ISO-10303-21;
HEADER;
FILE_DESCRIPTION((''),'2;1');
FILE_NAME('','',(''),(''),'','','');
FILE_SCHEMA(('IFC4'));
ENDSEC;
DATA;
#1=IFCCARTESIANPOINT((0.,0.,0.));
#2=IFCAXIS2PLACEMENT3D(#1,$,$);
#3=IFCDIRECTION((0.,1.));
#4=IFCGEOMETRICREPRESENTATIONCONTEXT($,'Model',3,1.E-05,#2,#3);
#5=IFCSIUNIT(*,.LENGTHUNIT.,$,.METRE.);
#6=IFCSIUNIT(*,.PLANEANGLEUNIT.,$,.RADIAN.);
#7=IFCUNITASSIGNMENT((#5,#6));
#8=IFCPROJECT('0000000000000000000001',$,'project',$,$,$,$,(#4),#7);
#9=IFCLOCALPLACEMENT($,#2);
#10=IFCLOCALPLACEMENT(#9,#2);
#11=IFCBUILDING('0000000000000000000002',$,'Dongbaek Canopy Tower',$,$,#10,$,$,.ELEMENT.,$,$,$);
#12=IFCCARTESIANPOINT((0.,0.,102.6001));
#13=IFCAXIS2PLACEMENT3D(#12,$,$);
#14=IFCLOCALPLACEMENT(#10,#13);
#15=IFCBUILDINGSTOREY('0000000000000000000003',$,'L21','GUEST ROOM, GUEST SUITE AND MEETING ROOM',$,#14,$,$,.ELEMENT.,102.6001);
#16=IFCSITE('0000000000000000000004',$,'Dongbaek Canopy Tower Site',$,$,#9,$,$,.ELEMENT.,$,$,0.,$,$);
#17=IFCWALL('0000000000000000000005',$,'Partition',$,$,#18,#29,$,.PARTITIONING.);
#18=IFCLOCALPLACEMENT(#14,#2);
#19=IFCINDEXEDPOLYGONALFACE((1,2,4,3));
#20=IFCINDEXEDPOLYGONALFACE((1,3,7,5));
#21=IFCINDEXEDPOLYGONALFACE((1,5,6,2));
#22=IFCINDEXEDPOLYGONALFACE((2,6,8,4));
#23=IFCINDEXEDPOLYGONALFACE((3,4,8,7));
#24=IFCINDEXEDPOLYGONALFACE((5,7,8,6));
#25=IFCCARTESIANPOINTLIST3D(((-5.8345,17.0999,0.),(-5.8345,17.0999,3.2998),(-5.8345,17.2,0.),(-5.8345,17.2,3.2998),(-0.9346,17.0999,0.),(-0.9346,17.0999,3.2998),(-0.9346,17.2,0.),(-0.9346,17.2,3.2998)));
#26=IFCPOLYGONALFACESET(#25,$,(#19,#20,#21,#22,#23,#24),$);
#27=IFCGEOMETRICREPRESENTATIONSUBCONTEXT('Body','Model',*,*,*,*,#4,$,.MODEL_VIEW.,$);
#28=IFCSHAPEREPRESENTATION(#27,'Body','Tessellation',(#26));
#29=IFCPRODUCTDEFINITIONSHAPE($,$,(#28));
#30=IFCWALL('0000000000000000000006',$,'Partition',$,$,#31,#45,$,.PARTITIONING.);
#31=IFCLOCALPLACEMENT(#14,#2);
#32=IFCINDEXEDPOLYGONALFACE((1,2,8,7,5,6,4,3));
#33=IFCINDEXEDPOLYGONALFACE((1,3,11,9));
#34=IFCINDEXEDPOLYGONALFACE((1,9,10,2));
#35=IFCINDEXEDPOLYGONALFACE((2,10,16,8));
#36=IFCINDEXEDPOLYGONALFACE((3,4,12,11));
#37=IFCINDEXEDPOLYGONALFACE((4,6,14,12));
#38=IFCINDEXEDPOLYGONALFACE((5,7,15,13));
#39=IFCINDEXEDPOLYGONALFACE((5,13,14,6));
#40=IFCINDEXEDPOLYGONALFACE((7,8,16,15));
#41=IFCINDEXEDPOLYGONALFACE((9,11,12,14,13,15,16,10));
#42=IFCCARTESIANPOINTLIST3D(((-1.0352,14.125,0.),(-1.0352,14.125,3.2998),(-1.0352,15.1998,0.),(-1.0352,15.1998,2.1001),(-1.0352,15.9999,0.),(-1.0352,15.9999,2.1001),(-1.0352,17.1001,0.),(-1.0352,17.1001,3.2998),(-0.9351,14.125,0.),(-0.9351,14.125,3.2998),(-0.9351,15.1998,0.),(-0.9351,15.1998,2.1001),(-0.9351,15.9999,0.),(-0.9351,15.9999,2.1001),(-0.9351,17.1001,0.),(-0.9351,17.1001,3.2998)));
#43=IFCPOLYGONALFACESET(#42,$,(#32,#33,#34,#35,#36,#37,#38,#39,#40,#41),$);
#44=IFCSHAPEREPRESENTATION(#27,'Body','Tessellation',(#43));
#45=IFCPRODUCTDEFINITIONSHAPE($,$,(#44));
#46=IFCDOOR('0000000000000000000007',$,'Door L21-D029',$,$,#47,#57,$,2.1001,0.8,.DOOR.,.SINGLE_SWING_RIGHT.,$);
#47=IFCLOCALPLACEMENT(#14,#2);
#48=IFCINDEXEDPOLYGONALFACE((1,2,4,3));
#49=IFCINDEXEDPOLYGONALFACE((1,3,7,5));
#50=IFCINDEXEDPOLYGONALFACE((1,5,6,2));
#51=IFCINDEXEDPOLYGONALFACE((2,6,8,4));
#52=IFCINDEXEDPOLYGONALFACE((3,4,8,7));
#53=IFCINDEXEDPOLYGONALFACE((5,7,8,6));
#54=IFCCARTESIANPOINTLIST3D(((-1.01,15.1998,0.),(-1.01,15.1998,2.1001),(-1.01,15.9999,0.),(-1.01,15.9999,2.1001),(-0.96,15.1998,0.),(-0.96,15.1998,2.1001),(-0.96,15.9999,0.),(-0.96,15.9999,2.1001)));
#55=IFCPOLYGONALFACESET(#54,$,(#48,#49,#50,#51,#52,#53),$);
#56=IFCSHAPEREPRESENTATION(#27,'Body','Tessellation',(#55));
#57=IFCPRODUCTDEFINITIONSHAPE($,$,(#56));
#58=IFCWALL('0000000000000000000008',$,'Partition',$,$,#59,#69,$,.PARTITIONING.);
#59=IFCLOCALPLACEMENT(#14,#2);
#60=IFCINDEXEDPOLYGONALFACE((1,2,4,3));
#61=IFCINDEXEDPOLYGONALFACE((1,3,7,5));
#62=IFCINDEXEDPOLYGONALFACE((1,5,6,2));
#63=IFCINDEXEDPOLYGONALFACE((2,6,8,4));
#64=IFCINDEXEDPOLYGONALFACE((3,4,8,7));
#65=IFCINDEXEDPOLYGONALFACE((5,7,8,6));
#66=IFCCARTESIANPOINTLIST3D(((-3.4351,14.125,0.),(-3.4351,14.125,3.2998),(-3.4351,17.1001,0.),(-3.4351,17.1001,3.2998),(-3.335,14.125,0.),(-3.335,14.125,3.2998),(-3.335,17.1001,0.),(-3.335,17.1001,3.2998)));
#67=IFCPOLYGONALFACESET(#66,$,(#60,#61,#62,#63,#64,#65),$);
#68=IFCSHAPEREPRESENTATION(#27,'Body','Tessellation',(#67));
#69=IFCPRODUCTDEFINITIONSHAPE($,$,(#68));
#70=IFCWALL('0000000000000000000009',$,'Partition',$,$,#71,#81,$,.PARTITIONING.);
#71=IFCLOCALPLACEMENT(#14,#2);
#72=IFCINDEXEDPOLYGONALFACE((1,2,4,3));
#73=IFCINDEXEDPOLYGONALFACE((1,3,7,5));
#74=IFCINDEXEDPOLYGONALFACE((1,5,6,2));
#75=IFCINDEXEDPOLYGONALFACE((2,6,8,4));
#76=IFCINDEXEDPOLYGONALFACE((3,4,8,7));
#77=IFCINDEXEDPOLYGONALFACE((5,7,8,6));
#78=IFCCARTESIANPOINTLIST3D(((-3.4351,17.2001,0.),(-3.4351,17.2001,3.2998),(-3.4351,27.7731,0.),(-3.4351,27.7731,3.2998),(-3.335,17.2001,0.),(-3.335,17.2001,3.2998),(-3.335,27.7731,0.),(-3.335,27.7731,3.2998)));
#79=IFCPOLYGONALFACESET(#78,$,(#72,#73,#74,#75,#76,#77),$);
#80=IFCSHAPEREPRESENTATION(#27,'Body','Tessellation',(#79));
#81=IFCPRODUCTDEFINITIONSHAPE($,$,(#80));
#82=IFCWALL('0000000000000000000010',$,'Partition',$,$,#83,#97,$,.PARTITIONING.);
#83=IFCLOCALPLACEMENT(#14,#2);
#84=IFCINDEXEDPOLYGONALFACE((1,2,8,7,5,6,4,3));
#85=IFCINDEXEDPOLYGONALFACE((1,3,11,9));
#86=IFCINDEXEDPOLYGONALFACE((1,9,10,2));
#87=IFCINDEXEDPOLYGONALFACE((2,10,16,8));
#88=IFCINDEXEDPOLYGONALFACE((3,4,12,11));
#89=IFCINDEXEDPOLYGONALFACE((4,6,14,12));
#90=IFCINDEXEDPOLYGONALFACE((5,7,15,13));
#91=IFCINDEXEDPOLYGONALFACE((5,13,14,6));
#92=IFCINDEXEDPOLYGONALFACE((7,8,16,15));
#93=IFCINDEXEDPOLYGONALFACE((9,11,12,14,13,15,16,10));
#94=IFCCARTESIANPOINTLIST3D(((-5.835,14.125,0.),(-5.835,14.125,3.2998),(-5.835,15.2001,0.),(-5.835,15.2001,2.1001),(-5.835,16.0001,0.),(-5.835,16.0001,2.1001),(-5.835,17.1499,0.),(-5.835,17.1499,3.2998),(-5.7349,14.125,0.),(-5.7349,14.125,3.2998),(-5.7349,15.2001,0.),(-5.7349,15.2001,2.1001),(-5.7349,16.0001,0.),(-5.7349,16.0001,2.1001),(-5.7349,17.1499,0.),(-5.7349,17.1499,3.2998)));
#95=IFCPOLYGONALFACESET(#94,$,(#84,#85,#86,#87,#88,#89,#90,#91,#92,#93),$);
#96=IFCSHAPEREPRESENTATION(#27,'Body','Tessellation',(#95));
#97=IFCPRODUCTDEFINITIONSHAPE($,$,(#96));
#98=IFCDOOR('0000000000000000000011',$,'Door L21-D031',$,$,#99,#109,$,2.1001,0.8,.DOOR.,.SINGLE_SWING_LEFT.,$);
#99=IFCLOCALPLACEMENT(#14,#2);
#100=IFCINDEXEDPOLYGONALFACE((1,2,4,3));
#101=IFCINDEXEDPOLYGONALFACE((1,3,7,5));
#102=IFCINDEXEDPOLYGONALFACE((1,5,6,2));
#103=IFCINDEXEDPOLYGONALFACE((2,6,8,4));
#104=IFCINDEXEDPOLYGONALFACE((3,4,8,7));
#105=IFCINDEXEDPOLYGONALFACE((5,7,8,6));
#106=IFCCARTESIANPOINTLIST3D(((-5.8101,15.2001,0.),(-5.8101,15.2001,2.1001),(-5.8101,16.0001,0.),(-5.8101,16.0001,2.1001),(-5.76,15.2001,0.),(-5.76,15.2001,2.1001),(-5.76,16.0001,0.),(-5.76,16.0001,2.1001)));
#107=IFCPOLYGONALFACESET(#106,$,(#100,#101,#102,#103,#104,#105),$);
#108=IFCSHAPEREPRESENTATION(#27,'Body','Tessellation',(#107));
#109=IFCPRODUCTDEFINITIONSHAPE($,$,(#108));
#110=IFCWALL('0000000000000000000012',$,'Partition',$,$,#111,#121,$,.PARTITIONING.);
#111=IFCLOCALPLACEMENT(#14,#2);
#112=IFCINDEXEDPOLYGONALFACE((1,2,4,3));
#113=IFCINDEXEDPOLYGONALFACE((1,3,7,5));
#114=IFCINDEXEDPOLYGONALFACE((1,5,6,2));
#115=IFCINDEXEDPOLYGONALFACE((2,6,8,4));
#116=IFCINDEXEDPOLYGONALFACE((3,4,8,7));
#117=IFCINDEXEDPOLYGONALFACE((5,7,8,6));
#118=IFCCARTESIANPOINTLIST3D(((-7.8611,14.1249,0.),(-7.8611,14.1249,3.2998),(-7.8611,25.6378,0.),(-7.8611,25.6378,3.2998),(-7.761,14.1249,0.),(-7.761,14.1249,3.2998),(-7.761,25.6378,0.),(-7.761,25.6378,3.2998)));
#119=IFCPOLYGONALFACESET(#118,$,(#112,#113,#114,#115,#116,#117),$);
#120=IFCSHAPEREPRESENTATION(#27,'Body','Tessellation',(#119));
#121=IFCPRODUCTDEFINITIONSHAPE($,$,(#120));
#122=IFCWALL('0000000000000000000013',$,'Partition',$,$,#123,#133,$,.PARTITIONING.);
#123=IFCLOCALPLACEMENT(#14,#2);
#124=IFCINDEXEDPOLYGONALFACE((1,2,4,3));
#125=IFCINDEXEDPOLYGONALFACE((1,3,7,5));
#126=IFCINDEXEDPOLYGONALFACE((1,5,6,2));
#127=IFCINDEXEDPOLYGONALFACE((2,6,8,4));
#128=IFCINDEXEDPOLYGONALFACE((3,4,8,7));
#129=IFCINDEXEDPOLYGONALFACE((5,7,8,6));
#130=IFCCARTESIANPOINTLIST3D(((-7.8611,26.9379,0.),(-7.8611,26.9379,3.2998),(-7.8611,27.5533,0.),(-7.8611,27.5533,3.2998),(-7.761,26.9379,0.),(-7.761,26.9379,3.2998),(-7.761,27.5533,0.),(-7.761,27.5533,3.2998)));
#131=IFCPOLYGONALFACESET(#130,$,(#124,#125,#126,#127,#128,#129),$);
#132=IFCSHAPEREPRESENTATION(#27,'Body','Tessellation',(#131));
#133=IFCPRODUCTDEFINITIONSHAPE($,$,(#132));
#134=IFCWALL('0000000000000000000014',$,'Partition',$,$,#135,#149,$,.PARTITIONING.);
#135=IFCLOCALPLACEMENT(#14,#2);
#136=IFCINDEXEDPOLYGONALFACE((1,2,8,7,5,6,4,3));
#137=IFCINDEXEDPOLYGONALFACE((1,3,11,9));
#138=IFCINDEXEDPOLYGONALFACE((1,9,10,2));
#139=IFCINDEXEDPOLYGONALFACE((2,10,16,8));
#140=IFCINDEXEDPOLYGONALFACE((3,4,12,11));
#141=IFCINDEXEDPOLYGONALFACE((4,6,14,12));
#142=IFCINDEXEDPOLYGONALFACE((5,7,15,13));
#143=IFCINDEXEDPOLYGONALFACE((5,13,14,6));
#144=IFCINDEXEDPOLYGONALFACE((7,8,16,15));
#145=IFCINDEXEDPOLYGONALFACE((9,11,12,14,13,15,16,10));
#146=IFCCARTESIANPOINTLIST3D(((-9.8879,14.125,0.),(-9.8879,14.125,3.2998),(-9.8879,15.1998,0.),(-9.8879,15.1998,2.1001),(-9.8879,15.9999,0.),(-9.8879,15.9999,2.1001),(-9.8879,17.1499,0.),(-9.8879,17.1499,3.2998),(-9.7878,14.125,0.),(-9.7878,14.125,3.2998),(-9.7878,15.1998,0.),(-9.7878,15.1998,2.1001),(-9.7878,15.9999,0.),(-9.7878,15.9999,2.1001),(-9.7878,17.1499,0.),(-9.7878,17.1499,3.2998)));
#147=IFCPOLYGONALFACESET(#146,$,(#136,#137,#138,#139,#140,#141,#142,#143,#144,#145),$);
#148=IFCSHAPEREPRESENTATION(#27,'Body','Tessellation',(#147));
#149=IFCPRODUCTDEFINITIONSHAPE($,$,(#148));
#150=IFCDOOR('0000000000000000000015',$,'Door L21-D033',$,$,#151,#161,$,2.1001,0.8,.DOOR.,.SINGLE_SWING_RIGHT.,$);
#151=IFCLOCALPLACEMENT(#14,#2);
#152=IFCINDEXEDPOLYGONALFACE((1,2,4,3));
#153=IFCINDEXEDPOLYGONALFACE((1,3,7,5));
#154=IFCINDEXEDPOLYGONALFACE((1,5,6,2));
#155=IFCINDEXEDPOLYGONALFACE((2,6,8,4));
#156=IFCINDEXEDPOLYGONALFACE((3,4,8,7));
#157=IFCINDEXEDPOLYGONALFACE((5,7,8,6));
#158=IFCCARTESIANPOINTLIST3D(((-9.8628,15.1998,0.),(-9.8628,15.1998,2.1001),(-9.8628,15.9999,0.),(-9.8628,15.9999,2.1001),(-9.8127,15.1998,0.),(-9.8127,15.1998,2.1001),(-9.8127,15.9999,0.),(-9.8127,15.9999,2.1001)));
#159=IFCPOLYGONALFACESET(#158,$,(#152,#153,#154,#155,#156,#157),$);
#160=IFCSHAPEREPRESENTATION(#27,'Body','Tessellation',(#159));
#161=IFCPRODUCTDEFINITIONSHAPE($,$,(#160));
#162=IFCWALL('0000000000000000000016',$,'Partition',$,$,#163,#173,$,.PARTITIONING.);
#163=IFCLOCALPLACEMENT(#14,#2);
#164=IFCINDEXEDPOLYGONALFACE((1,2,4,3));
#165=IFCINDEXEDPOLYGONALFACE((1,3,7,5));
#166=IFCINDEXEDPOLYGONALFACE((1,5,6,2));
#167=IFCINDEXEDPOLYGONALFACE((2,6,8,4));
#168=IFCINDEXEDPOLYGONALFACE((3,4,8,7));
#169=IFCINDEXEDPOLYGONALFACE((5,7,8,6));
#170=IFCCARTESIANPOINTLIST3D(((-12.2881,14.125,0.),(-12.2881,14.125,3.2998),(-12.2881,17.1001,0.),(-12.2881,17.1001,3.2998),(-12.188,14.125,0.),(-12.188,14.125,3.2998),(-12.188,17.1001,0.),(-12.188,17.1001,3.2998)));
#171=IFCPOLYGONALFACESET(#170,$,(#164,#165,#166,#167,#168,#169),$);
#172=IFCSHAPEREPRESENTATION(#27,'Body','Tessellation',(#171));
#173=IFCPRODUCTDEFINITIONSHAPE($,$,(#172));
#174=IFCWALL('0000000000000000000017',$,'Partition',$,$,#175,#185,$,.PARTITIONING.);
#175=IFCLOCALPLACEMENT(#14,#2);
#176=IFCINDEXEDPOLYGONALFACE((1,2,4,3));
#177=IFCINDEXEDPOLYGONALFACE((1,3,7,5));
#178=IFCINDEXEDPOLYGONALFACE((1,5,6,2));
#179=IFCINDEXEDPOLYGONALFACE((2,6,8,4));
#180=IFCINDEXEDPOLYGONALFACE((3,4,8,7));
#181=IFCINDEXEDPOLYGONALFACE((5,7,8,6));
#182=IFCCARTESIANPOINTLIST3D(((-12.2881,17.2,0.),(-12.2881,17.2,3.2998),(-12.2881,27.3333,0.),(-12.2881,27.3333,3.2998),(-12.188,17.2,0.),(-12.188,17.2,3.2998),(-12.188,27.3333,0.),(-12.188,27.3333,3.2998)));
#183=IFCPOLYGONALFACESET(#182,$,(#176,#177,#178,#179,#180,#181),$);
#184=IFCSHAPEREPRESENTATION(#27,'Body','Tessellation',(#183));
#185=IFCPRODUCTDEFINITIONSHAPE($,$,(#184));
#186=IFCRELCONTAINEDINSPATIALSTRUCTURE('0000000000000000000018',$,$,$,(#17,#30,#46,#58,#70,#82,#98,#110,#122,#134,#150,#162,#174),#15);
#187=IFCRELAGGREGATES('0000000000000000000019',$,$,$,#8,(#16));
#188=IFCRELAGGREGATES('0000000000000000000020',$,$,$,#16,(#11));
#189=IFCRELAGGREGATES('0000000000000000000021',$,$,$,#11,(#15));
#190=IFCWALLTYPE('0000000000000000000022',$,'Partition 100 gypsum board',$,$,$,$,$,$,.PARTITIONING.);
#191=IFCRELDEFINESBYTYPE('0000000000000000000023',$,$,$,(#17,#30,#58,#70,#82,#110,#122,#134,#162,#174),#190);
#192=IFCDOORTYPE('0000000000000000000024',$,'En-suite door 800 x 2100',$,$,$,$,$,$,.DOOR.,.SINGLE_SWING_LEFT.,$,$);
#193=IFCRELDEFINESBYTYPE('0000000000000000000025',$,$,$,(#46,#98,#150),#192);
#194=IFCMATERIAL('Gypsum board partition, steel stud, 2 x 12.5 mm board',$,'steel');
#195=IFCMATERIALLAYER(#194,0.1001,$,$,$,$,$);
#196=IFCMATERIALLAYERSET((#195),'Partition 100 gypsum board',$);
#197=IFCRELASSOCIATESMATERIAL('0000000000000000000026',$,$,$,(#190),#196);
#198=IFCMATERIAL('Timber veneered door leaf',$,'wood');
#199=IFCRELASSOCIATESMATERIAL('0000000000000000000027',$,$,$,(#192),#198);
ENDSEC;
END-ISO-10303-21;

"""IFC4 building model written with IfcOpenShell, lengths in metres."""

from ifc_helpers import new_model, si_unit, direction, frame, frame_2d, origin, place, context, subcontext, project, spatial, rectangle, extrude, material, layer, layer_set, type_object, element, fill, save


model = new_model("IFC4")

# Units and contexts
model_context = context("Model", 3, precision=1e-05, world=origin(), true_north=direction((0.0, 1.0)))
body_context = subcontext(model_context, "Body", "Model", "MODEL_VIEW")
ifc_project = project(units=[si_unit("LENGTHUNIT", "METRE"), si_unit("PLANEANGLEUNIT", "RADIAN")], contexts=[model_context])

# Site, building, storey
site_placement = place(None, origin())
site = spatial("IfcSite", under=ifc_project, at=site_placement, Name="Dongbaek Canopy Tower Site", CompositionType="ELEMENT", RefElevation=0.0)
building_placement = place(site_placement, origin())
building = spatial("IfcBuilding", under=site, at=building_placement, Name="Dongbaek Canopy Tower", CompositionType="ELEMENT")
storey_placement = place(building_placement, frame((0.0, 0.0, 102.6001)))
storey = spatial("IfcBuildingStorey", under=building, at=storey_placement, Name="L21", Description="GUEST ROOM, GUEST SUITE AND MEETING ROOM", CompositionType="ELEMENT", Elevation=102.6001)

# Wall
ifc_material_1 = material(Name="Gypsum board partition, steel stud, 2 x 12.5 mm board", Category="steel")
ifc_layer_1 = layer(ifc_material_1, 0.1001)
ifc_layer_set_1 = layer_set([ifc_layer_1], Name="Partition 100 gypsum board")
wall_type = type_object("IfcWallType", Name="Partition 100 gypsum board", PredefinedType="PARTITIONING", material=ifc_layer_set_1)
wall_1_placement = place(storey_placement, frame((-5.8345, 17.1499, 0.0), z_axis=(0.0, 0.0, 1.0), x_axis=(1.0, 0.0, 0.0)))
element("IfcWall", 1, at=wall_1_placement, inside=storey, type_object=wall_type, Name="Partition", PredefinedType="PARTITIONING", context=body_context, shape_type="SweptSolid", body=[
    extrude(rectangle(XDim=4.8999, YDim=0.1001, at=frame_2d((2.45, 0.0))), origin(), (0.0, 0.0, 1.0), 3.2998),
])

# Wall, opening, door
wall_2_placement = place(storey_placement, frame((-0.9851, 14.125, 0.0), z_axis=(0.0, 0.0, 1.0), x_axis=(0.0, 1.0, 0.0)))
wall_2 = element("IfcWall", 2, at=wall_2_placement, inside=storey, type_object=wall_type, Name="Partition", PredefinedType="PARTITIONING", context=body_context, shape_type="SweptSolid", body=[
    extrude(rectangle(XDim=2.9751, YDim=0.1001, at=frame_2d((1.4875, 0.0))), origin(), (0.0, 0.0, 1.0), 3.2998),
])
opening_1_placement = place(wall_2_placement, frame((1.075, 0.0, 0.0)))
opening_1 = element("IfcOpeningElement", 3, at=opening_1_placement, cuts=wall_2, PredefinedType="OPENING", context=body_context, shape_type="SweptSolid", body=[
    extrude(rectangle(XDim=0.8, YDim=2.1001, at=frame_2d((0.3999, 1.05))), frame((0.0, 0.0601, 0.0), z_axis=(0.0, -1.0, 0.0), x_axis=(1.0, 0.0, 0.0)), (0.0, 0.0, 1.0), 0.1201),
])
ifc_material_2 = material(Name="Timber veneered door leaf", Category="wood")
door_type = type_object("IfcDoorType", Name="En-suite door 800 x 2100", OperationType="SINGLE_SWING_LEFT", PredefinedType="DOOR", material=ifc_material_2)
door_1_placement = place(opening_1_placement, origin())
door_1 = element("IfcDoor", 4, at=door_1_placement, inside=storey, type_object=door_type, Name="Door L21-D029", OperationType="SINGLE_SWING_RIGHT", OverallHeight=2.1001, OverallWidth=0.8, PredefinedType="DOOR", context=body_context, shape_type="SweptSolid", body=[
    extrude(rectangle(XDim=0.8, YDim=2.1001, at=frame_2d((0.3999, 1.05))), frame((0.0, 0.0249, 0.0), z_axis=(0.0, -1.0, 0.0), x_axis=(1.0, 0.0, 0.0)), (0.0, 0.0, 1.0), 0.05),
])
fill(opening_1, door_1)

# Walls
wall_3_placement = place(storey_placement, frame((-3.385, 14.125, 0.0), z_axis=(0.0, 0.0, 1.0), x_axis=(0.0, 1.0, 0.0)))
element("IfcWall", 5, at=wall_3_placement, inside=storey, type_object=wall_type, Name="Partition", PredefinedType="PARTITIONING", context=body_context, shape_type="SweptSolid", body=[
    extrude(rectangle(XDim=2.9751, YDim=0.1001, at=frame_2d((1.4875, 0.0))), origin(), (0.0, 0.0, 1.0), 3.2998),
])
wall_4_placement = place(storey_placement, frame((-3.385, 17.2, 0.0), z_axis=(0.0, 0.0, 1.0), x_axis=(0.0, 1.0, 0.0)))
element("IfcWall", 6, at=wall_4_placement, inside=storey, type_object=wall_type, Name="Partition", PredefinedType="PARTITIONING", context=body_context, shape_type="SweptSolid", body=[
    extrude(rectangle(XDim=10.573, YDim=0.1001, at=frame_2d((5.2866, 0.0))), origin(), (0.0, 0.0, 1.0), 3.2998),
])

# Wall, opening, door
wall_5_placement = place(storey_placement, frame((-5.7849, 17.1499, 0.0), z_axis=(0.0, 0.0, 1.0), x_axis=(0.0, -1.0, 0.0)))
wall_5 = element("IfcWall", 7, at=wall_5_placement, inside=storey, type_object=wall_type, Name="Partition", PredefinedType="PARTITIONING", context=body_context, shape_type="SweptSolid", body=[
    extrude(rectangle(XDim=3.0249, YDim=0.1001, at=frame_2d((1.5125, 0.0))), origin(), (0.0, 0.0, 1.0), 3.2998),
])
opening_2_placement = place(wall_5_placement, frame((1.1499, 0.0, 0.0)))
opening_2 = element("IfcOpeningElement", 8, at=opening_2_placement, cuts=wall_5, PredefinedType="OPENING", context=body_context, shape_type="SweptSolid", body=[
    extrude(rectangle(XDim=0.8, YDim=2.1001, at=frame_2d((0.3999, 1.05))), frame((0.0, 0.0601, 0.0), z_axis=(0.0, -1.0, 0.0), x_axis=(1.0, 0.0, 0.0)), (0.0, 0.0, 1.0), 0.1201),
])
door_2_placement = place(opening_2_placement, origin())
door_2 = element("IfcDoor", 9, at=door_2_placement, inside=storey, type_object=door_type, Name="Door L21-D031", OperationType="SINGLE_SWING_LEFT", OverallHeight=2.1001, OverallWidth=0.8, PredefinedType="DOOR", context=body_context, shape_type="SweptSolid", body=[
    extrude(rectangle(XDim=0.8, YDim=2.1001, at=frame_2d((0.3999, 1.05))), frame((0.0, 0.0249, 0.0), z_axis=(0.0, -1.0, 0.0), x_axis=(1.0, 0.0, 0.0)), (0.0, 0.0, 1.0), 0.05),
])
fill(opening_2, door_2)

# Walls
wall_6_placement = place(storey_placement, frame((-7.811, 14.125, 0.0), z_axis=(0.0, 0.0, 1.0), x_axis=(0.0, 1.0, 0.0)))
element("IfcWall", 10, at=wall_6_placement, inside=storey, type_object=wall_type, Name="Partition", PredefinedType="PARTITIONING", context=body_context, shape_type="SweptSolid", body=[
    extrude(rectangle(XDim=11.5129, YDim=0.1001, at=frame_2d((5.7563, 0.0))), origin(), (0.0, 0.0, 1.0), 3.2998),
])
wall_7_placement = place(storey_placement, frame((-7.811, 26.938, 0.0), z_axis=(0.0, 0.0, 1.0), x_axis=(0.0, 1.0, 0.0)))
element("IfcWall", 11, at=wall_7_placement, inside=storey, type_object=wall_type, Name="Partition", PredefinedType="PARTITIONING", context=body_context, shape_type="SweptSolid", body=[
    extrude(rectangle(XDim=0.6155, YDim=0.1001, at=frame_2d((0.3076, 0.0))), origin(), (0.0, 0.0, 1.0), 3.2998),
])

# Wall, opening, door
wall_8_placement = place(storey_placement, frame((-9.8379, 14.125, 0.0), z_axis=(0.0, 0.0, 1.0), x_axis=(0.0, 1.0, 0.0)))
wall_8 = element("IfcWall", 12, at=wall_8_placement, inside=storey, type_object=wall_type, Name="Partition", PredefinedType="PARTITIONING", context=body_context, shape_type="SweptSolid", body=[
    extrude(rectangle(XDim=3.0249, YDim=0.1001, at=frame_2d((1.5125, 0.0))), origin(), (0.0, 0.0, 1.0), 3.2998),
])
opening_3_placement = place(wall_8_placement, frame((1.075, 0.0, 0.0)))
opening_3 = element("IfcOpeningElement", 13, at=opening_3_placement, cuts=wall_8, PredefinedType="OPENING", context=body_context, shape_type="SweptSolid", body=[
    extrude(rectangle(XDim=0.8, YDim=2.1001, at=frame_2d((0.3999, 1.05))), frame((0.0, 0.0601, 0.0), z_axis=(0.0, -1.0, 0.0), x_axis=(1.0, 0.0, 0.0)), (0.0, 0.0, 1.0), 0.1201),
])
door_3_placement = place(opening_3_placement, origin())
door_3 = element("IfcDoor", 14, at=door_3_placement, inside=storey, type_object=door_type, Name="Door L21-D033", OperationType="SINGLE_SWING_RIGHT", OverallHeight=2.1001, OverallWidth=0.8, PredefinedType="DOOR", context=body_context, shape_type="SweptSolid", body=[
    extrude(rectangle(XDim=0.8, YDim=2.1001, at=frame_2d((0.3999, 1.05))), frame((0.0, 0.0249, 0.0), z_axis=(0.0, -1.0, 0.0), x_axis=(1.0, 0.0, 0.0)), (0.0, 0.0, 1.0), 0.05),
])
fill(opening_3, door_3)

# Walls
wall_9_placement = place(storey_placement, frame((-12.238, 14.125, 0.0), z_axis=(0.0, 0.0, 1.0), x_axis=(0.0, 1.0, 0.0)))
element("IfcWall", 15, at=wall_9_placement, inside=storey, type_object=wall_type, Name="Partition", PredefinedType="PARTITIONING", context=body_context, shape_type="SweptSolid", body=[
    extrude(rectangle(XDim=2.9751, YDim=0.1001, at=frame_2d((1.4875, 0.0))), origin(), (0.0, 0.0, 1.0), 3.2998),
])
wall_10_placement = place(storey_placement, frame((-12.238, 17.2, 0.0), z_axis=(0.0, 0.0, 1.0), x_axis=(0.0, 1.0, 0.0)))
element("IfcWall", 16, at=wall_10_placement, inside=storey, type_object=wall_type, Name="Partition", PredefinedType="PARTITIONING", context=body_context, shape_type="SweptSolid", body=[
    extrude(rectangle(XDim=10.1333, YDim=0.1001, at=frame_2d((5.0667, 0.0))), origin(), (0.0, 0.0, 1.0), 3.2998),
])

save(model, "model.ifc")
